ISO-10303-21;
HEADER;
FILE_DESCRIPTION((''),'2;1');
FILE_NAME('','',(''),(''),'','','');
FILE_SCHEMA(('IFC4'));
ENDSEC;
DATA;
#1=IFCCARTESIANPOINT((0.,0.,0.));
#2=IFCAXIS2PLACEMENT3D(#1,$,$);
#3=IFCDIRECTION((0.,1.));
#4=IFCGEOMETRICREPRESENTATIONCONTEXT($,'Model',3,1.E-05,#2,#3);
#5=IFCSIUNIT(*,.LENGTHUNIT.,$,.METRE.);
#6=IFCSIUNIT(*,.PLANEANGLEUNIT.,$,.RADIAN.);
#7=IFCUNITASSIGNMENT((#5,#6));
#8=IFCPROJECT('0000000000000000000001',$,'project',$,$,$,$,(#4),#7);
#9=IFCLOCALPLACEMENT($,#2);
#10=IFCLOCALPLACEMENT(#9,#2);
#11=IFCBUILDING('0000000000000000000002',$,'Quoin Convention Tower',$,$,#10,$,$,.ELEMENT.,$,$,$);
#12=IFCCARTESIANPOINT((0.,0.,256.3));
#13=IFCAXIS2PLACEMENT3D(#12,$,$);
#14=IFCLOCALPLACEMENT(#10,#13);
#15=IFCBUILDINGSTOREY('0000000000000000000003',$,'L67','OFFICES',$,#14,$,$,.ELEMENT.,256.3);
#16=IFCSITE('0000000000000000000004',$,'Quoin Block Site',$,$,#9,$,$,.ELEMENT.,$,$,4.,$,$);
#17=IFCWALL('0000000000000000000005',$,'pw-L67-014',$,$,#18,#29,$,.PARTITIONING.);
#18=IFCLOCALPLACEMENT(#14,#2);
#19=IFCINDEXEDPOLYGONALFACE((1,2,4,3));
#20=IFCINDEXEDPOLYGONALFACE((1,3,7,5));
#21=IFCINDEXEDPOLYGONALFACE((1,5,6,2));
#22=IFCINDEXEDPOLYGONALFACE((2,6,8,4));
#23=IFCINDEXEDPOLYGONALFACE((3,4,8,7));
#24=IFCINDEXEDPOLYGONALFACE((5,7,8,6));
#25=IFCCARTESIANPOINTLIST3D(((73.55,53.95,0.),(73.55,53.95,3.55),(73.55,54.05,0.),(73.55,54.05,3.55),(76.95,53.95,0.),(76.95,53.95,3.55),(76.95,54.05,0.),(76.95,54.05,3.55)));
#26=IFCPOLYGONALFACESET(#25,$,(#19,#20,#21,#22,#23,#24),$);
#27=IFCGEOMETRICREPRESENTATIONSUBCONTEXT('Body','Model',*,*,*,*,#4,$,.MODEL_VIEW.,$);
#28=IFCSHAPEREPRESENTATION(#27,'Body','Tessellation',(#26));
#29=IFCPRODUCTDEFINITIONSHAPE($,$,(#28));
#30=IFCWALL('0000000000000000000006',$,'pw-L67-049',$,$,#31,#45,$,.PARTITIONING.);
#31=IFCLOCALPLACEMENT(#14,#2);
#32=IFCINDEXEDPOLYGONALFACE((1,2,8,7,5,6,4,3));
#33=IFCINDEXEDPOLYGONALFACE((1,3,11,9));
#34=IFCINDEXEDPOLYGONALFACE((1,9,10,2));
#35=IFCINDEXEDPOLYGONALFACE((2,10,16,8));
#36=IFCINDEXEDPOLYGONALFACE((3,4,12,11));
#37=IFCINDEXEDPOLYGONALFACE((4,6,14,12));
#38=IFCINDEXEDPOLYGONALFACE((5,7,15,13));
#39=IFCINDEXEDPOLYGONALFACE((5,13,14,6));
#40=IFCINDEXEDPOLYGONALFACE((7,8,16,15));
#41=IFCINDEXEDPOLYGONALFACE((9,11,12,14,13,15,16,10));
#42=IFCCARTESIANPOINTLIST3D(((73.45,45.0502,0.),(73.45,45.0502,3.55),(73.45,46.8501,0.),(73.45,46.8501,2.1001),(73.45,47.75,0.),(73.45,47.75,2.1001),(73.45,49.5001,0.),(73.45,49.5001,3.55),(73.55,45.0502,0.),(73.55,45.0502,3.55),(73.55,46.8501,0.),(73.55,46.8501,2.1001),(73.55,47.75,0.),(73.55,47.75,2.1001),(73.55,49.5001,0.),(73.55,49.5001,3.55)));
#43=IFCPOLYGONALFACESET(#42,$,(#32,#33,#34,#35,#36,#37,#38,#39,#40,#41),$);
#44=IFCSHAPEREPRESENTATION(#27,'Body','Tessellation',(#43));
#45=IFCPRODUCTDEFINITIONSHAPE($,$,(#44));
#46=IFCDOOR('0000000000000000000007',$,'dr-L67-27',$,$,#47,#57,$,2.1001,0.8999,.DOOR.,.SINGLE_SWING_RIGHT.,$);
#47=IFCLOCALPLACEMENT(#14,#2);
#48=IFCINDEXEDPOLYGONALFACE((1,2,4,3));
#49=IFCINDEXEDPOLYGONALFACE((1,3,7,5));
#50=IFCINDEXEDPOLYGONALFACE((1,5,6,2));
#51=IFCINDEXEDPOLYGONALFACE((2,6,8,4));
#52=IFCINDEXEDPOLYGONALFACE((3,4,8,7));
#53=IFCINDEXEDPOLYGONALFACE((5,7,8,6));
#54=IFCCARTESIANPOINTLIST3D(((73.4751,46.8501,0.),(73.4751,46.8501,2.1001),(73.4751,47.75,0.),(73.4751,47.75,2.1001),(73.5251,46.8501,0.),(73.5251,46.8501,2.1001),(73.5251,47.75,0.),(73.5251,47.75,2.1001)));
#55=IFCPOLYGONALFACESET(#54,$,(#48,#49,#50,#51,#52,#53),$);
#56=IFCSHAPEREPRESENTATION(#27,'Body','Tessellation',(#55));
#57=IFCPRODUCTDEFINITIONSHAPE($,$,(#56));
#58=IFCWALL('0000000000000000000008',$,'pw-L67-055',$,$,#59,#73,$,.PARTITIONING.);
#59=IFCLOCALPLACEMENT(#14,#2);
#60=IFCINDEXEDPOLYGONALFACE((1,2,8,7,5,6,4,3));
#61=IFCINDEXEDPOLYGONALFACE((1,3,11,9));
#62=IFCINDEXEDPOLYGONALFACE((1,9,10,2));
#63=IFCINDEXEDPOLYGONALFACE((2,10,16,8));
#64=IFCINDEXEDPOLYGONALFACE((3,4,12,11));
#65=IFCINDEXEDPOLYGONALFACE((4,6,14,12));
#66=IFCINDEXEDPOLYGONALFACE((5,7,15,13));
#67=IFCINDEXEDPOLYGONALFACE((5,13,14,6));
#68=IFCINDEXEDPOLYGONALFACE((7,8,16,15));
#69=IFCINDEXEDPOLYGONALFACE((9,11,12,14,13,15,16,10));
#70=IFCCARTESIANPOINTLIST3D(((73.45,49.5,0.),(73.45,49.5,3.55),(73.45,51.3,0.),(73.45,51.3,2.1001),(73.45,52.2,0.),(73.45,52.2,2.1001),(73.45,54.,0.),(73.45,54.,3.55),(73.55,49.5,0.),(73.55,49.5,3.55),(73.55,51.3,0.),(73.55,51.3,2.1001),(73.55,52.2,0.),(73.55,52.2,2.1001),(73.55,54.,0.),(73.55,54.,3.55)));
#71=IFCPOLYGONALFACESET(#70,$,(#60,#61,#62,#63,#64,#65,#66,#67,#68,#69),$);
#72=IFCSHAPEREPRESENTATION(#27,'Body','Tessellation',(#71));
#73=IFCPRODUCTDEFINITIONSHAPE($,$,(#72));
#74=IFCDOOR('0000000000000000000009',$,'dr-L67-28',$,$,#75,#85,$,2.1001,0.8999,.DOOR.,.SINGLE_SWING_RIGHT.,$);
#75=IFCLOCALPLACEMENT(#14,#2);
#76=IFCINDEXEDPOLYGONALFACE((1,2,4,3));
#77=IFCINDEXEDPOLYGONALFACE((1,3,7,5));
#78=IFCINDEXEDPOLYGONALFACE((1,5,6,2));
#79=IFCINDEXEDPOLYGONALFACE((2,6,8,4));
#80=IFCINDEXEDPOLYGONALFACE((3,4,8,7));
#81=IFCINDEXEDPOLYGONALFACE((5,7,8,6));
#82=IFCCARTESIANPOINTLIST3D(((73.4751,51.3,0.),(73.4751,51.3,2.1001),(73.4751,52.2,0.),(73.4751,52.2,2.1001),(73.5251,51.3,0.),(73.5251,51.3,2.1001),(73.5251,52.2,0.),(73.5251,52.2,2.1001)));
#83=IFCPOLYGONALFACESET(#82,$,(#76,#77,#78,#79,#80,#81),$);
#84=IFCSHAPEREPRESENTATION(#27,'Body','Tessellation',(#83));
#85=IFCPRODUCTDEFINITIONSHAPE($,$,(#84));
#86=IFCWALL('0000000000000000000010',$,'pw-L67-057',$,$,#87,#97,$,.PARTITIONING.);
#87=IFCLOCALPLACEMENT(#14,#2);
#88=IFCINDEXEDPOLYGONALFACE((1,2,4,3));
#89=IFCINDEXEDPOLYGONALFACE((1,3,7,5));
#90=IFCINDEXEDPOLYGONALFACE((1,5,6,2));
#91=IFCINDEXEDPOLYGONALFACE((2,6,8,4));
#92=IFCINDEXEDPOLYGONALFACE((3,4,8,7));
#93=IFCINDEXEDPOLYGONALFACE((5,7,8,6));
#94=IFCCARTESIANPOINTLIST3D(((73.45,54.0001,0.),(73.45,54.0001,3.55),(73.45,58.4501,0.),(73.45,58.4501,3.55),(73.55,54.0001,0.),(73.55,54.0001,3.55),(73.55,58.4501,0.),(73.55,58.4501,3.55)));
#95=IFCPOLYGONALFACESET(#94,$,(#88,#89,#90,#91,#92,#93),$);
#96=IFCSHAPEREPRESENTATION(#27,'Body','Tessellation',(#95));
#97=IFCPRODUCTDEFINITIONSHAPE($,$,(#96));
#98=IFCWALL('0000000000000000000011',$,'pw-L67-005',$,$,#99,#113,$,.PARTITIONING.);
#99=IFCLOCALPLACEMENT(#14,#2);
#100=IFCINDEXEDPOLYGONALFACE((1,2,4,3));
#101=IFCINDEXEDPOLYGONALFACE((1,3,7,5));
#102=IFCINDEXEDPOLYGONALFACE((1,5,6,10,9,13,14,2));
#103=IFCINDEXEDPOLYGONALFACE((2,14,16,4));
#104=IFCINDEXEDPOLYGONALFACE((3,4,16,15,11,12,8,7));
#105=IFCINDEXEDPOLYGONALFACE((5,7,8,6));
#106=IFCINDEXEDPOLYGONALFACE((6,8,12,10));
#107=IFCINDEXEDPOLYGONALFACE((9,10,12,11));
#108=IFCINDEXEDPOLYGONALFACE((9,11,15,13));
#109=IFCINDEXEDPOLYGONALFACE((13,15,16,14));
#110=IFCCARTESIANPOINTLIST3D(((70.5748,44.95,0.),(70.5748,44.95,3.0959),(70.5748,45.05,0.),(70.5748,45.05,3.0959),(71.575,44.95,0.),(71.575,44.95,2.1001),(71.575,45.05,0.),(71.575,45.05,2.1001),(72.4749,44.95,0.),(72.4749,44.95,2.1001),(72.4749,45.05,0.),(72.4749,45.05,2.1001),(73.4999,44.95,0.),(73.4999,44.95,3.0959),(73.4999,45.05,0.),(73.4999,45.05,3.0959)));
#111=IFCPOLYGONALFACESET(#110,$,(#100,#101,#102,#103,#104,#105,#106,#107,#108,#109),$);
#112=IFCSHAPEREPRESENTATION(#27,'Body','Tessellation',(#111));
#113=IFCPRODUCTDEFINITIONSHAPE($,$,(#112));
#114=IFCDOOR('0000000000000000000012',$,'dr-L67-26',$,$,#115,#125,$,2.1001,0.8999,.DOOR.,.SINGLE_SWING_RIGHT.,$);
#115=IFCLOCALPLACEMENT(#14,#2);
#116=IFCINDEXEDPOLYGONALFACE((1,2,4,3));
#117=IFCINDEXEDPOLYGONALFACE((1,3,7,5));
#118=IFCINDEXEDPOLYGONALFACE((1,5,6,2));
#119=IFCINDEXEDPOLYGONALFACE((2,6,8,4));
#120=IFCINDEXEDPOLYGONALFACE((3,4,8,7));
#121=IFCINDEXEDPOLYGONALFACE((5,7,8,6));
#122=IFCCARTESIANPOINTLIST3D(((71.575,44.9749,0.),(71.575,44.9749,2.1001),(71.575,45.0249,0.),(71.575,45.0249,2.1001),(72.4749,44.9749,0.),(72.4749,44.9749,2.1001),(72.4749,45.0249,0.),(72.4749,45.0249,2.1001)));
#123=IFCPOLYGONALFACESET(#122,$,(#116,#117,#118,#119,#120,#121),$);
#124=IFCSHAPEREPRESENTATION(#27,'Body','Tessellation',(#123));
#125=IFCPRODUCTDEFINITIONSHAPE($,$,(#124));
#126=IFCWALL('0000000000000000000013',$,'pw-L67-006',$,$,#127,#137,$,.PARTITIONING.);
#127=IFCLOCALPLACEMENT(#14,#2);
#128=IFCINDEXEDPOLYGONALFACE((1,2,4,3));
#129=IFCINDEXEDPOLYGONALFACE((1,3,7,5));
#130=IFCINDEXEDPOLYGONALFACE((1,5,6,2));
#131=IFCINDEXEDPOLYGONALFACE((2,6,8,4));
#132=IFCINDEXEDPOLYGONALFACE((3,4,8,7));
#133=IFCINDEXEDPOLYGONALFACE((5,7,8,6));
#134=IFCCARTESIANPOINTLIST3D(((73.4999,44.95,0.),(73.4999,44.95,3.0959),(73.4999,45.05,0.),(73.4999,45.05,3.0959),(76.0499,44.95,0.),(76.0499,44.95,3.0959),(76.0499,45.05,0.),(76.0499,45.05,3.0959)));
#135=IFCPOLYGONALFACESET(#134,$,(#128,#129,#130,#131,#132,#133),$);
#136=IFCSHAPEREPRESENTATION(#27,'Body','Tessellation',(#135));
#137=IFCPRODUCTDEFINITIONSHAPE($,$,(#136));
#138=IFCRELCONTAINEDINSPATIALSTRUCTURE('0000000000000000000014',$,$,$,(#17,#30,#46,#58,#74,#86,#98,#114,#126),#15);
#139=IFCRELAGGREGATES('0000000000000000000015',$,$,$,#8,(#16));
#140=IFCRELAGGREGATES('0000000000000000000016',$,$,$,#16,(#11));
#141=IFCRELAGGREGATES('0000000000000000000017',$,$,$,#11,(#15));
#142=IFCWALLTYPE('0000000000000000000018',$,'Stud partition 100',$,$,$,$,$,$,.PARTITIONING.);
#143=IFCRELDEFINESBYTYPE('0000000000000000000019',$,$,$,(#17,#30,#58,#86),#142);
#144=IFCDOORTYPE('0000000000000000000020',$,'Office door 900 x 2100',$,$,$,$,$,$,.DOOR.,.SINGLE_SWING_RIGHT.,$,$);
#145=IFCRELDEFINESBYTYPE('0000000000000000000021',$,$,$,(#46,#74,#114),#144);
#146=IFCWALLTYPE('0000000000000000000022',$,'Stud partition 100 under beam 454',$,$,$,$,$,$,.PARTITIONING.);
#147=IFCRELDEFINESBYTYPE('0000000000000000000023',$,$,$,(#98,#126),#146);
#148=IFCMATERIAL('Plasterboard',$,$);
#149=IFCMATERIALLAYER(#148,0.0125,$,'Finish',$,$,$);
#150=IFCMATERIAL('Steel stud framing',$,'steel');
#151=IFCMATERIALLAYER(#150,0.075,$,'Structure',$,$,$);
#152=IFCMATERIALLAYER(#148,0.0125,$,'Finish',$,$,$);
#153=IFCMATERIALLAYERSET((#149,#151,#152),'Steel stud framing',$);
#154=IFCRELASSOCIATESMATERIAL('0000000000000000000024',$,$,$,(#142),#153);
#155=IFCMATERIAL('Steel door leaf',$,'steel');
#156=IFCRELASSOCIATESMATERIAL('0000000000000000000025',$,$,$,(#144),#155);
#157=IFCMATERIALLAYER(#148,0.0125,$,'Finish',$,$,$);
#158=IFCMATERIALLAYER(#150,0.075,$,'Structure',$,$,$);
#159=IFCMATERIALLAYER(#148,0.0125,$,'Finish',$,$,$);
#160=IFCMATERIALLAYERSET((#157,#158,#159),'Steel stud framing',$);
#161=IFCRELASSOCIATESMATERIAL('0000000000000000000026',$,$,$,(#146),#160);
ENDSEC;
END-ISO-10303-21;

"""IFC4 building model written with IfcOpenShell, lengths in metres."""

from ifc_helpers import new_model, si_unit, direction, frame, frame_2d, origin, place, context, subcontext, project, spatial, rectangle, extrude, material, layer, layer_set, type_object, element, fill, save


model = new_model("IFC4")

# Units and contexts
model_context = context("Model", 3, precision=1e-05, world=origin(), true_north=direction((0.0, 1.0)))
body_context = subcontext(model_context, "Body", "Model", "MODEL_VIEW")
ifc_project = project(units=[si_unit("LENGTHUNIT", "METRE"), si_unit("PLANEANGLEUNIT", "RADIAN")], contexts=[model_context])

# Site, building, storey
site_placement = place(None, origin())
site = spatial("IfcSite", under=ifc_project, at=site_placement, Name="Quoin Block Site", CompositionType="ELEMENT", RefElevation=4.0)
building_placement = place(site_placement, origin())
building = spatial("IfcBuilding", under=site, at=building_placement, Name="Quoin Convention Tower", CompositionType="ELEMENT")
storey_placement = place(building_placement, frame((0.0, 0.0, 256.3)))
storey = spatial("IfcBuildingStorey", under=building, at=storey_placement, Name="L67", Description="OFFICES", CompositionType="ELEMENT", Elevation=256.3)

# Shared definitions
ifc_material_1 = material(Name="Plasterboard")
ifc_material_2 = material(Name="Steel stud framing", Category="steel")

# Shared definitions
ifc_material_3 = material(Name="Steel door leaf", Category="steel")

# Wall
ifc_layer_1 = layer(ifc_material_1, 0.0125, Name="Finish")
ifc_layer_2 = layer(ifc_material_2, 0.075, Name="Structure")
ifc_layer_3 = layer(ifc_material_1, 0.0125, Name="Finish")
ifc_layer_set_1 = layer_set([ifc_layer_1, ifc_layer_2, ifc_layer_3], Name="Steel stud framing")
wall_type_1 = type_object("IfcWallType", Name="Stud partition 100", PredefinedType="PARTITIONING", material=ifc_layer_set_1)
for number, where, z_axis, x_axis, name in (
    (1, (73.55, 54.0, 0.0), (0.0, 0.0, 1.0), (1.0, 0.0, 0.0), "pw-L67-014"),
):
    element("IfcWall", number, at=place(storey_placement, frame(where, z_axis=z_axis, x_axis=x_axis)), inside=storey, type_object=wall_type_1, Name=name, PredefinedType="PARTITIONING", context=body_context, shape_type="SweptSolid", body=[
        extrude(rectangle(XDim=3.3999, YDim=0.1001, at=frame_2d((1.7, 0.0))), origin(), (0.0, 0.0, 1.0), 3.55),
    ])

# Walls, openings, doors
wall_1_placement = place(storey_placement, frame((73.5, 45.05, 0.0), z_axis=(0.0, 0.0, 1.0), x_axis=(0.0, 1.0, 0.0)))
wall_1 = element("IfcWall", 2, at=wall_1_placement, inside=storey, type_object=wall_type_1, Name="pw-L67-049", PredefinedType="PARTITIONING", context=body_context, shape_type="SweptSolid", body=[
    extrude(rectangle(XDim=4.45, YDim=0.1001, at=frame_2d((2.2251, 0.0))), origin(), (0.0, 0.0, 1.0), 3.55),
])
opening_1_placement = place(wall_1_placement, frame((1.8, 0.0, 0.0)))
opening_1 = element("IfcOpeningElement", 3, at=opening_1_placement, cuts=wall_1, PredefinedType="OPENING", context=body_context, shape_type="SweptSolid", body=[
    extrude(rectangle(XDim=0.8999, YDim=2.1001, at=frame_2d((0.45, 1.05))), frame((0.0, 0.0601, 0.0), z_axis=(0.0, -1.0, 0.0), x_axis=(1.0, 0.0, 0.0)), (0.0, 0.0, 1.0), 0.1201),
])
door_type_1 = type_object("IfcDoorType", Name="Office door 900 x 2100", OperationType="SINGLE_SWING_RIGHT", PredefinedType="DOOR", material=ifc_material_3)
door_1_placement = place(opening_1_placement, origin())
door_1 = element("IfcDoor", 4, at=door_1_placement, inside=storey, type_object=door_type_1, Name="dr-L67-27", OperationType="SINGLE_SWING_RIGHT", OverallHeight=2.1001, OverallWidth=0.8999, PredefinedType="DOOR", context=body_context, shape_type="SweptSolid", body=[
    extrude(rectangle(XDim=0.8999, YDim=2.1001, at=frame_2d((0.45, 1.05))), frame((0.0, 0.0249, 0.0), z_axis=(0.0, -1.0, 0.0), x_axis=(1.0, 0.0, 0.0)), (0.0, 0.0, 1.0), 0.05),
])
fill(opening_1, door_1)
wall_2_placement = place(storey_placement, frame((73.5, 49.5, 0.0), z_axis=(0.0, 0.0, 1.0), x_axis=(0.0, 1.0, 0.0)))
wall_2 = element("IfcWall", 5, at=wall_2_placement, inside=storey, type_object=wall_type_1, Name="pw-L67-055", PredefinedType="PARTITIONING", context=body_context, shape_type="SweptSolid", body=[
    extrude(rectangle(XDim=4.5, YDim=0.1001, at=frame_2d((2.25, 0.0))), origin(), (0.0, 0.0, 1.0), 3.55),
])
opening_2_placement = place(wall_2_placement, frame((1.8, 0.0, 0.0)))
opening_2 = element("IfcOpeningElement", 6, at=opening_2_placement, cuts=wall_2, PredefinedType="OPENING", context=body_context, shape_type="SweptSolid", body=[
    extrude(rectangle(XDim=0.8999, YDim=2.1001, at=frame_2d((0.45, 1.05))), frame((0.0, 0.0601, 0.0), z_axis=(0.0, -1.0, 0.0), x_axis=(1.0, 0.0, 0.0)), (0.0, 0.0, 1.0), 0.1201),
])
door_2_placement = place(opening_2_placement, origin())
door_2 = element("IfcDoor", 7, at=door_2_placement, inside=storey, type_object=door_type_1, Name="dr-L67-28", OperationType="SINGLE_SWING_RIGHT", OverallHeight=2.1001, OverallWidth=0.8999, PredefinedType="DOOR", context=body_context, shape_type="SweptSolid", body=[
    extrude(rectangle(XDim=0.8999, YDim=2.1001, at=frame_2d((0.45, 1.05))), frame((0.0, 0.0249, 0.0), z_axis=(0.0, -1.0, 0.0), x_axis=(1.0, 0.0, 0.0)), (0.0, 0.0, 1.0), 0.05),
])
fill(opening_2, door_2)

# Wall
wall_3_placement = place(storey_placement, frame((73.5, 54.0, 0.0), z_axis=(0.0, 0.0, 1.0), x_axis=(0.0, 1.0, 0.0)))
element("IfcWall", 8, at=wall_3_placement, inside=storey, type_object=wall_type_1, Name="pw-L67-057", PredefinedType="PARTITIONING", context=body_context, shape_type="SweptSolid", body=[
    extrude(rectangle(XDim=4.45, YDim=0.1001, at=frame_2d((2.2251, 0.0))), origin(), (0.0, 0.0, 1.0), 3.55),
])

# Wall, opening, door
ifc_layer_4 = layer(ifc_material_1, 0.0125, Name="Finish")
ifc_layer_5 = layer(ifc_material_2, 0.075, Name="Structure")
ifc_layer_6 = layer(ifc_material_1, 0.0125, Name="Finish")
ifc_layer_set_2 = layer_set([ifc_layer_4, ifc_layer_5, ifc_layer_6], Name="Steel stud framing")
wall_type_2 = type_object("IfcWallType", Name="Stud partition 100 under beam 454", PredefinedType="PARTITIONING", material=ifc_layer_set_2)
wall_4_placement = place(storey_placement, frame((70.575, 45.0, 0.0), z_axis=(0.0, 0.0, 1.0), x_axis=(1.0, 0.0, 0.0)))
wall_4 = element("IfcWall", 9, at=wall_4_placement, inside=storey, type_object=wall_type_2, Name="pw-L67-005", PredefinedType="PARTITIONING", context=body_context, shape_type="SweptSolid", body=[
    extrude(rectangle(XDim=2.925, YDim=0.1001, at=frame_2d((1.4624, 0.0))), origin(), (0.0, 0.0, 1.0), 3.0959),
])
opening_3_placement = place(wall_4_placement, frame((1.0, 0.0, 0.0)))
opening_3 = element("IfcOpeningElement", 10, at=opening_3_placement, cuts=wall_4, PredefinedType="OPENING", context=body_context, shape_type="SweptSolid", body=[
    extrude(rectangle(XDim=0.8999, YDim=2.1001, at=frame_2d((0.45, 1.05))), frame((0.0, 0.0601, 0.0), z_axis=(0.0, -1.0, 0.0), x_axis=(1.0, 0.0, 0.0)), (0.0, 0.0, 1.0), 0.1201),
])
door_3_placement = place(opening_3_placement, origin())
door_3 = element("IfcDoor", 11, at=door_3_placement, inside=storey, type_object=door_type_1, Name="dr-L67-26", OperationType="SINGLE_SWING_RIGHT", OverallHeight=2.1001, OverallWidth=0.8999, PredefinedType="DOOR", context=body_context, shape_type="SweptSolid", body=[
    extrude(rectangle(XDim=0.8999, YDim=2.1001, at=frame_2d((0.45, 1.05))), frame((0.0, 0.0249, 0.0), z_axis=(0.0, -1.0, 0.0), x_axis=(1.0, 0.0, 0.0)), (0.0, 0.0, 1.0), 0.05),
])
fill(opening_3, door_3)

# Wall
wall_5_placement = place(storey_placement, frame((73.5, 45.0, 0.0), z_axis=(0.0, 0.0, 1.0), x_axis=(1.0, 0.0, 0.0)))
element("IfcWall", 12, at=wall_5_placement, inside=storey, type_object=wall_type_2, Name="pw-L67-006", PredefinedType="PARTITIONING", context=body_context, shape_type="SweptSolid", body=[
    extrude(rectangle(XDim=2.55, YDim=0.1001, at=frame_2d((1.2749, 0.0))), origin(), (0.0, 0.0, 1.0), 3.0959),
])

save(model, "model.ifc")
